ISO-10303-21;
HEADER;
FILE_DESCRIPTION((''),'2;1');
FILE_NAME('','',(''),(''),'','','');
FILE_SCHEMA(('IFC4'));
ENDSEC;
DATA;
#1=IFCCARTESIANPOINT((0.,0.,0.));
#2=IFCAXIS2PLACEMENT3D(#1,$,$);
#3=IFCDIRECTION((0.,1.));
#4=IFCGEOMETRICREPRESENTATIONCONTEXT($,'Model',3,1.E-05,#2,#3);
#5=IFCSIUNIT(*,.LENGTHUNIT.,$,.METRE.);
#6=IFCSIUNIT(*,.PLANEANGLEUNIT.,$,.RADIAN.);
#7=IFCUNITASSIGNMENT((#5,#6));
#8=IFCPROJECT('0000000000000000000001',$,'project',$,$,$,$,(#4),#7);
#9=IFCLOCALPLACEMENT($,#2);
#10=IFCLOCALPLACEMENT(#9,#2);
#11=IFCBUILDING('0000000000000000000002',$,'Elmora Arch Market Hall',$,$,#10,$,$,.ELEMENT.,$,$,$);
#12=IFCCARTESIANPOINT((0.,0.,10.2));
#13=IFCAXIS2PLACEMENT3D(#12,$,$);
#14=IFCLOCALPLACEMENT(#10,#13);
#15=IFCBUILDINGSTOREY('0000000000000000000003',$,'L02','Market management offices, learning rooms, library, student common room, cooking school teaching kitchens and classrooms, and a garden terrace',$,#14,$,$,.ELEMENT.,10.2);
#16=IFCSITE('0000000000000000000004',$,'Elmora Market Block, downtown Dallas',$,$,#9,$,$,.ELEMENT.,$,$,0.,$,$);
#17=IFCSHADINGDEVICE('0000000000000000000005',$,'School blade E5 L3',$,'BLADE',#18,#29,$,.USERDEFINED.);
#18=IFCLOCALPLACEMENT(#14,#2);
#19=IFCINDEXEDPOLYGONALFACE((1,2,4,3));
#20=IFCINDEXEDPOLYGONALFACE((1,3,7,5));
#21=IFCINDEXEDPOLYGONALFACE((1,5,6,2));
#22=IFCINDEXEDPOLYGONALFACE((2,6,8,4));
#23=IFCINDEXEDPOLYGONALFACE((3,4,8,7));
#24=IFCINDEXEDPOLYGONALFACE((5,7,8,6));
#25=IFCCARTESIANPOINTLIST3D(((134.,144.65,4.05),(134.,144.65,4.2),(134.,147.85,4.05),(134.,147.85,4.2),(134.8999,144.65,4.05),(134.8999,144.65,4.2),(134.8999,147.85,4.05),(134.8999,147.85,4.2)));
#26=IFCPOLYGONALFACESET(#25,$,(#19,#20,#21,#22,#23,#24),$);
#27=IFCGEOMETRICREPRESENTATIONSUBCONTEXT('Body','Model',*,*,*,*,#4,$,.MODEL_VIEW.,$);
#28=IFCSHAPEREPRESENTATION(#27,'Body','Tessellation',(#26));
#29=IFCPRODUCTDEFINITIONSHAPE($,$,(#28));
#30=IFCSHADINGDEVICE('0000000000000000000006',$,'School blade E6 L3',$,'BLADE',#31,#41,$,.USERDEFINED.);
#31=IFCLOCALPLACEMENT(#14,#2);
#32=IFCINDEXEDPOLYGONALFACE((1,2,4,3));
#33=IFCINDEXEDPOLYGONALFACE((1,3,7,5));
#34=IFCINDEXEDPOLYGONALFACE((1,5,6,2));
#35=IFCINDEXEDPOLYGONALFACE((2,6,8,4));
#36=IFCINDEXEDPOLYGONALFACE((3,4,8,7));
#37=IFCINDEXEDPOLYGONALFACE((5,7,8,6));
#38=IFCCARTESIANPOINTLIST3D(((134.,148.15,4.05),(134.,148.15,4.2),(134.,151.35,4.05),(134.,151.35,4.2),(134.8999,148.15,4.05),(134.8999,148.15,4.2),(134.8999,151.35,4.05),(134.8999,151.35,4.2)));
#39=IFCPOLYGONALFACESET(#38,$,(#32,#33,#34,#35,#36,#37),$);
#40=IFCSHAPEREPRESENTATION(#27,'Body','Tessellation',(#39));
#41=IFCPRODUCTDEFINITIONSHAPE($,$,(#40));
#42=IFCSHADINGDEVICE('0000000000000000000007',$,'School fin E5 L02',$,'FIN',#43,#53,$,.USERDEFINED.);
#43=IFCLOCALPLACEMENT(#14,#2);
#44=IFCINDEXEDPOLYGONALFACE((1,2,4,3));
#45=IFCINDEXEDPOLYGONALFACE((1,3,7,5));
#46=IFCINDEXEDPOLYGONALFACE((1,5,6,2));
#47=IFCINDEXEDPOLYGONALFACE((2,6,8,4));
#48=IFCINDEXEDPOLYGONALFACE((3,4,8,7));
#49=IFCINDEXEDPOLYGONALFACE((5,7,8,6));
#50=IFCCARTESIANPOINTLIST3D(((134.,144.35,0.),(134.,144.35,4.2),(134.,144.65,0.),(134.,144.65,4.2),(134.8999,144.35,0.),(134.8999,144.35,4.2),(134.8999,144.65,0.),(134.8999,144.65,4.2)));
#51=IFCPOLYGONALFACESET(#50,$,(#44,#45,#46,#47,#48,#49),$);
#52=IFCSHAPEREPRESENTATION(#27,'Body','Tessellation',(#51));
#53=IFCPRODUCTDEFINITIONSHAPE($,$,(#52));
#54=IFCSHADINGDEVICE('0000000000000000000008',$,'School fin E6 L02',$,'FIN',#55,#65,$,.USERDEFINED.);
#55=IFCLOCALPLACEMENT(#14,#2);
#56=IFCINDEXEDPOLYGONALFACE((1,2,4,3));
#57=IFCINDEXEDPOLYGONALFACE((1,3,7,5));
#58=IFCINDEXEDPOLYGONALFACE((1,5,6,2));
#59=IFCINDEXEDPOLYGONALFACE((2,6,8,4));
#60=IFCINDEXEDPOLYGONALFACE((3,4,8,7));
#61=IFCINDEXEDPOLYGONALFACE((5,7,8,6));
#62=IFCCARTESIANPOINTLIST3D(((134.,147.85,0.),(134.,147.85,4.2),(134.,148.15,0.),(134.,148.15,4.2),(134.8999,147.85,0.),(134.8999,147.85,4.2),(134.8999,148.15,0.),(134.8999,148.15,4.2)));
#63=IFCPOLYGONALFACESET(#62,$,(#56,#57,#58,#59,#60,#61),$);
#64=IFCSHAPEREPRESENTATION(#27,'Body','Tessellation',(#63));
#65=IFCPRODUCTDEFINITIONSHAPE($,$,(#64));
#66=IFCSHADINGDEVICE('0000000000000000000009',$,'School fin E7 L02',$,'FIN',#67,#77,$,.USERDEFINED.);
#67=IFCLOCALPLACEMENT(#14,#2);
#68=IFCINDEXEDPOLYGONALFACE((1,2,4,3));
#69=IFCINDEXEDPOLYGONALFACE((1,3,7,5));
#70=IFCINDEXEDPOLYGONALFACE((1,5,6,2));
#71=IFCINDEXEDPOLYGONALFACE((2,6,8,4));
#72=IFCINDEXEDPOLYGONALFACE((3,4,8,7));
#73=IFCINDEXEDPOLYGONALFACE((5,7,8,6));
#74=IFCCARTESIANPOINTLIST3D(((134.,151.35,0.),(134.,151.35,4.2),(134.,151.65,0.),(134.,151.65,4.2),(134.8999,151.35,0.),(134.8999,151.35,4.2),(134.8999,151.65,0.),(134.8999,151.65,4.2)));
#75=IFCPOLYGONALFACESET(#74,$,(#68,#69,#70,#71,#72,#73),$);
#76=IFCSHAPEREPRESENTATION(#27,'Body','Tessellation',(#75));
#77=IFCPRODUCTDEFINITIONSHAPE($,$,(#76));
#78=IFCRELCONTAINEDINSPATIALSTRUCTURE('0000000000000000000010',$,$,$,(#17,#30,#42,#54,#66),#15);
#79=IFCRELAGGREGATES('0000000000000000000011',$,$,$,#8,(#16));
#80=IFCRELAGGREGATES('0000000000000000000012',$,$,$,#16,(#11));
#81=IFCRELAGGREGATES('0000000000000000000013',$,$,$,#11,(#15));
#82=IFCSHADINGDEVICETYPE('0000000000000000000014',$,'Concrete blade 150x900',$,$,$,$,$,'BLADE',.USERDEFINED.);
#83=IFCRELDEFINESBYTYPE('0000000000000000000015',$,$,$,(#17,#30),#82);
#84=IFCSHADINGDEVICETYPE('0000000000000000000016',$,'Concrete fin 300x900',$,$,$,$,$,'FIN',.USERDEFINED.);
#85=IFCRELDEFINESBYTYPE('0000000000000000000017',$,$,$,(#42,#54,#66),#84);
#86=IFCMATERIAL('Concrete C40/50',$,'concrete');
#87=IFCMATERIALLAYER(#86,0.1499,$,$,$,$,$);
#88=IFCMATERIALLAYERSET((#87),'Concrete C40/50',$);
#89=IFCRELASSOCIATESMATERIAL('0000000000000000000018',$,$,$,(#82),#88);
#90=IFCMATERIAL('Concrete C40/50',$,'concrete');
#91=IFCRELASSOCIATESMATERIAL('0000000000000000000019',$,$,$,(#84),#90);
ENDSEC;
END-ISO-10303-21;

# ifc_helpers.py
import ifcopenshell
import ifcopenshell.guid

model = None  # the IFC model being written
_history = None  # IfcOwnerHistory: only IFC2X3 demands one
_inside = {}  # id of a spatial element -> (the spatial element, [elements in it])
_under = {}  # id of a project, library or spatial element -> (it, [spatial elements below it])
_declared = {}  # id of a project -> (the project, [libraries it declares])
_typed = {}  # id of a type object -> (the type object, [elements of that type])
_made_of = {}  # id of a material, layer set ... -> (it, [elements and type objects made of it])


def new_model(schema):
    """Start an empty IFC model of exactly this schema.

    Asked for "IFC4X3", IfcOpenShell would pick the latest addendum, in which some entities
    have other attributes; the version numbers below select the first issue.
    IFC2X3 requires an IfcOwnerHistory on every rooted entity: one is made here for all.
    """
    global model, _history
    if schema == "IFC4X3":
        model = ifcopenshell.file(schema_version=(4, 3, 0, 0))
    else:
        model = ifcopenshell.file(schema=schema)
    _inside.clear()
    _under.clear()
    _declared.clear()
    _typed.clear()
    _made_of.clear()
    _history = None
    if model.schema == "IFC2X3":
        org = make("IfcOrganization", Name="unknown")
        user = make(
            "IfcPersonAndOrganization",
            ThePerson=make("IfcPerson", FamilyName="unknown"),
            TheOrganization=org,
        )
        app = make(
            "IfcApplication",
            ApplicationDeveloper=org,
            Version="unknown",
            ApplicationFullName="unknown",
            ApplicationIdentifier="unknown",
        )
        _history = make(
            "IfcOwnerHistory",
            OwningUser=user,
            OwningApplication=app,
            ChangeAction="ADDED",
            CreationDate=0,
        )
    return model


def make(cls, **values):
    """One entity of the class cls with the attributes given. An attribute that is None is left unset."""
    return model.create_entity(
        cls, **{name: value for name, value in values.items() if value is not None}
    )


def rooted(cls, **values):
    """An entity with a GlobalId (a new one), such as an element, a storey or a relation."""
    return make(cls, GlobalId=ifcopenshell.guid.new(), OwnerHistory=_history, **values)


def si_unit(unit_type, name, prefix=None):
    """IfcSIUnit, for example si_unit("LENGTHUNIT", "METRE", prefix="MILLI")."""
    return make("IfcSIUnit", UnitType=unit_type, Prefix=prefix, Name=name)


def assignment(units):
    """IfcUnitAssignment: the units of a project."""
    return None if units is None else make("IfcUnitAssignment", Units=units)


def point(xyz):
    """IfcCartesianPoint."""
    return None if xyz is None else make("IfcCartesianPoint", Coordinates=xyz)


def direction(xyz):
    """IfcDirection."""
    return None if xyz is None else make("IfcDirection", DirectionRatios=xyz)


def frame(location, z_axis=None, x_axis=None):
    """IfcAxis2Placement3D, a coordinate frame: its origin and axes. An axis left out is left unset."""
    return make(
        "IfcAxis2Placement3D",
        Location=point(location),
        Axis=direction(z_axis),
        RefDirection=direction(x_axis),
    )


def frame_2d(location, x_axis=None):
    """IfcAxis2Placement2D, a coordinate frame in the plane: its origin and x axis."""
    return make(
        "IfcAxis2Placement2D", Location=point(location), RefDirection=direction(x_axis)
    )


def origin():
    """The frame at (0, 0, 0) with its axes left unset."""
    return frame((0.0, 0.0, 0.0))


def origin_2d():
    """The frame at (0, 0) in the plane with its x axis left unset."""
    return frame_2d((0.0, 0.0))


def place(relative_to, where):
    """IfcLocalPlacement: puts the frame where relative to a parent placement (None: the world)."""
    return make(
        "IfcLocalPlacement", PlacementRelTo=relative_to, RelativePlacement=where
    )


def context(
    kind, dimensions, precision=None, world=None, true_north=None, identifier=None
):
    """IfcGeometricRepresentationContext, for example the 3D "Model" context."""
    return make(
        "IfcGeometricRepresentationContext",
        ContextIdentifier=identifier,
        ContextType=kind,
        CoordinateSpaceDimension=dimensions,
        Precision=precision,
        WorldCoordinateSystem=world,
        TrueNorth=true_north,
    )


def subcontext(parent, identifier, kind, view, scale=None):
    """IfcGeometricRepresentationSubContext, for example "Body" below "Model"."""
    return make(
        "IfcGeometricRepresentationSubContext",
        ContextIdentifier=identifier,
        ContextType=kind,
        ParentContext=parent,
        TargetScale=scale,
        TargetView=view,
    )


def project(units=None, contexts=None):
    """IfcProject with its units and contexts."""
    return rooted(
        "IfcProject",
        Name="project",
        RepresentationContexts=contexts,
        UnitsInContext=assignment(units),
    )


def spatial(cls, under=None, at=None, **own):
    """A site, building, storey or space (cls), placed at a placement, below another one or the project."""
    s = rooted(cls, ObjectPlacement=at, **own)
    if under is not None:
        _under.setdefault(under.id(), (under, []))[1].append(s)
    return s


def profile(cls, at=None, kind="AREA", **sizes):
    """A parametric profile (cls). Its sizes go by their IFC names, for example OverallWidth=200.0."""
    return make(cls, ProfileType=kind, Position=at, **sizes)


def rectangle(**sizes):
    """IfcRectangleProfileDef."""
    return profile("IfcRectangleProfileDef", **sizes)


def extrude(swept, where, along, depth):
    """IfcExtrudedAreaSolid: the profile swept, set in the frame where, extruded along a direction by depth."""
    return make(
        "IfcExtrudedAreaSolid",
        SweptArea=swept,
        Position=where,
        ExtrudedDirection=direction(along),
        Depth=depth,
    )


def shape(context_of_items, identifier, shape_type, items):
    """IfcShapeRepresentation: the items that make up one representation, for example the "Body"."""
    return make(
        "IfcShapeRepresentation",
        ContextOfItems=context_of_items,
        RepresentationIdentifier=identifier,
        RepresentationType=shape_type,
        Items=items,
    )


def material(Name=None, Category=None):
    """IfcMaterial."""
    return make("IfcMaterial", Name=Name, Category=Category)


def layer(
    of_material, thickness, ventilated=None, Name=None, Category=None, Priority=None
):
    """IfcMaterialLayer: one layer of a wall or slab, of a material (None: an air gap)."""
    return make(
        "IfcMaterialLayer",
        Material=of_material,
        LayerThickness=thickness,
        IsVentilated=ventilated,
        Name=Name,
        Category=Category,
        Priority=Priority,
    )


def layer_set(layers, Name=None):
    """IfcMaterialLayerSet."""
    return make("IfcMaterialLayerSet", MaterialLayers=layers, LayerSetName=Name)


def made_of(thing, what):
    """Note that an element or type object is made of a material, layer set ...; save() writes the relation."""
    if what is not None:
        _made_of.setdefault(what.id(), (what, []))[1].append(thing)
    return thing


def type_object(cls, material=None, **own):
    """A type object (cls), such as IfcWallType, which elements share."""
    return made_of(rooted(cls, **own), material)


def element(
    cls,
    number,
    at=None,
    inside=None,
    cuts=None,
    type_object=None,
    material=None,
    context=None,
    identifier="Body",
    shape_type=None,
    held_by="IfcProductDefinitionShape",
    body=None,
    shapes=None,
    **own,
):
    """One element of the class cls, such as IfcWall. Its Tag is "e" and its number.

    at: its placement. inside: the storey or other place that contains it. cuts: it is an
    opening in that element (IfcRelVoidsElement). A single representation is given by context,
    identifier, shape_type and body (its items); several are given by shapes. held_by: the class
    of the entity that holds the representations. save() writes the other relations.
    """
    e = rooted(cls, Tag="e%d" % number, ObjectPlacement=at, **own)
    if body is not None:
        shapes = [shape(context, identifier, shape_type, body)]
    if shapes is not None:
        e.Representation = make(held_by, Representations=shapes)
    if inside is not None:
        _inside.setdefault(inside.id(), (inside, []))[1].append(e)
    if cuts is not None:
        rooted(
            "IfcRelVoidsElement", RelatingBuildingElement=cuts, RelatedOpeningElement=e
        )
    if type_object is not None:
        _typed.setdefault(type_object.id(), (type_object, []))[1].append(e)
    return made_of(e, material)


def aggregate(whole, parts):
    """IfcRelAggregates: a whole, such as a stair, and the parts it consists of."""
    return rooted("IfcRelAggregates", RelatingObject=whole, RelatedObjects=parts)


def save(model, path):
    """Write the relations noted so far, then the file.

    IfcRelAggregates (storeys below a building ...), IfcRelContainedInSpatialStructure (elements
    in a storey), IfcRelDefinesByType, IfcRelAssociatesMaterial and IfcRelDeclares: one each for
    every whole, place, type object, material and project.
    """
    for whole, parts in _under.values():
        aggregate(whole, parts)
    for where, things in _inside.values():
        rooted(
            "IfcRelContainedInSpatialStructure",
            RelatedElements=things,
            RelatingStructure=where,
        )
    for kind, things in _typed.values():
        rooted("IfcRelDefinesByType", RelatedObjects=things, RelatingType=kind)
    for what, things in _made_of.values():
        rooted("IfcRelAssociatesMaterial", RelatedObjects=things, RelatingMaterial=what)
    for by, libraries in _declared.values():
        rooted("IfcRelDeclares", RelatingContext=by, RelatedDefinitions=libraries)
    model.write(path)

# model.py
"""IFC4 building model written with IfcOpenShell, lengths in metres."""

from ifc_helpers import new_model, si_unit, direction, frame, origin, origin_2d, place, context, subcontext, project, spatial, rectangle, extrude, material, layer, layer_set, type_object, element, save


model = new_model("IFC4")

# Units and contexts
model_context = context("Model", 3, precision=1e-05, world=origin(), true_north=direction((0.0, 1.0)))
body_context = subcontext(model_context, "Body", "Model", "MODEL_VIEW")
ifc_project = project(units=[si_unit("LENGTHUNIT", "METRE"), si_unit("PLANEANGLEUNIT", "RADIAN")], contexts=[model_context])

# Site, building, storey
site_placement = place(None, origin())
site = spatial("IfcSite", under=ifc_project, at=site_placement, Name="Elmora Market Block, downtown Dallas", CompositionType="ELEMENT", RefElevation=0.0)
building_placement = place(site_placement, origin())
building = spatial("IfcBuilding", under=site, at=building_placement, Name="Elmora Arch Market Hall", CompositionType="ELEMENT")
storey_placement = place(building_placement, frame((0.0, 0.0, 10.2)))
storey = spatial("IfcBuildingStorey", under=building, at=storey_placement, Name="L02", Description="Market management offices, learning rooms, library, student common room, cooking school teaching kitchens and classrooms, and a garden terrace", CompositionType="ELEMENT", Elevation=10.2)

# Shading devices
ifc_material_1 = material(Name="Concrete C40/50", Category="concrete")
ifc_layer_1 = layer(ifc_material_1, 0.1499)
ifc_layer_set_1 = layer_set([ifc_layer_1], Name="Concrete C40/50")
shading_device_type_1 = type_object("IfcShadingDeviceType", Name="Concrete blade 150x900", ElementType="BLADE", PredefinedType="USERDEFINED", material=ifc_layer_set_1)
for number, where, z_axis, x_axis, name in (
    (1, (134.45, 146.25, 4.05), (0.0, 0.0, 1.0), (1.0, 0.0, 0.0), "School blade E5 L3"),
    (2, (134.45, 149.75, 4.05), (0.0, 0.0, 1.0), (1.0, 0.0, 0.0), "School blade E6 L3"),
):
    element("IfcShadingDevice", number, at=place(storey_placement, frame(where, z_axis=z_axis, x_axis=x_axis)), inside=storey, type_object=shading_device_type_1, Name=name, ObjectType="BLADE", PredefinedType="USERDEFINED", context=body_context, shape_type="SweptSolid", body=[
        extrude(rectangle(XDim=0.8999, YDim=3.2, at=origin_2d()), origin(), (0.0, 0.0, 1.0), 0.1499),
    ])
ifc_material_2 = material(Name="Concrete C40/50", Category="concrete")
shading_device_type_2 = type_object("IfcShadingDeviceType", Name="Concrete fin 300x900", ElementType="FIN", PredefinedType="USERDEFINED", material=ifc_material_2)
for number, where, z_axis, x_axis, name in (
    (3, (134.45, 144.5, 0.0), (0.0, 0.0, 1.0), (1.0, 0.0, 0.0), "School fin E5 L02"),
    (4, (134.45, 148.0, 0.0), (0.0, 0.0, 1.0), (1.0, 0.0, 0.0), "School fin E6 L02"),
    (5, (134.45, 151.5, 0.0), (0.0, 0.0, 1.0), (1.0, 0.0, 0.0), "School fin E7 L02"),
):
    element("IfcShadingDevice", number, at=place(storey_placement, frame(where, z_axis=z_axis, x_axis=x_axis)), inside=storey, type_object=shading_device_type_2, Name=name, ObjectType="FIN", PredefinedType="USERDEFINED", context=body_context, shape_type="SweptSolid", body=[
        extrude(rectangle(XDim=0.8999, YDim=0.3, at=origin_2d()), origin(), (0.0, 0.0, 1.0), 4.2),
    ])

save(model, "model.ifc")
